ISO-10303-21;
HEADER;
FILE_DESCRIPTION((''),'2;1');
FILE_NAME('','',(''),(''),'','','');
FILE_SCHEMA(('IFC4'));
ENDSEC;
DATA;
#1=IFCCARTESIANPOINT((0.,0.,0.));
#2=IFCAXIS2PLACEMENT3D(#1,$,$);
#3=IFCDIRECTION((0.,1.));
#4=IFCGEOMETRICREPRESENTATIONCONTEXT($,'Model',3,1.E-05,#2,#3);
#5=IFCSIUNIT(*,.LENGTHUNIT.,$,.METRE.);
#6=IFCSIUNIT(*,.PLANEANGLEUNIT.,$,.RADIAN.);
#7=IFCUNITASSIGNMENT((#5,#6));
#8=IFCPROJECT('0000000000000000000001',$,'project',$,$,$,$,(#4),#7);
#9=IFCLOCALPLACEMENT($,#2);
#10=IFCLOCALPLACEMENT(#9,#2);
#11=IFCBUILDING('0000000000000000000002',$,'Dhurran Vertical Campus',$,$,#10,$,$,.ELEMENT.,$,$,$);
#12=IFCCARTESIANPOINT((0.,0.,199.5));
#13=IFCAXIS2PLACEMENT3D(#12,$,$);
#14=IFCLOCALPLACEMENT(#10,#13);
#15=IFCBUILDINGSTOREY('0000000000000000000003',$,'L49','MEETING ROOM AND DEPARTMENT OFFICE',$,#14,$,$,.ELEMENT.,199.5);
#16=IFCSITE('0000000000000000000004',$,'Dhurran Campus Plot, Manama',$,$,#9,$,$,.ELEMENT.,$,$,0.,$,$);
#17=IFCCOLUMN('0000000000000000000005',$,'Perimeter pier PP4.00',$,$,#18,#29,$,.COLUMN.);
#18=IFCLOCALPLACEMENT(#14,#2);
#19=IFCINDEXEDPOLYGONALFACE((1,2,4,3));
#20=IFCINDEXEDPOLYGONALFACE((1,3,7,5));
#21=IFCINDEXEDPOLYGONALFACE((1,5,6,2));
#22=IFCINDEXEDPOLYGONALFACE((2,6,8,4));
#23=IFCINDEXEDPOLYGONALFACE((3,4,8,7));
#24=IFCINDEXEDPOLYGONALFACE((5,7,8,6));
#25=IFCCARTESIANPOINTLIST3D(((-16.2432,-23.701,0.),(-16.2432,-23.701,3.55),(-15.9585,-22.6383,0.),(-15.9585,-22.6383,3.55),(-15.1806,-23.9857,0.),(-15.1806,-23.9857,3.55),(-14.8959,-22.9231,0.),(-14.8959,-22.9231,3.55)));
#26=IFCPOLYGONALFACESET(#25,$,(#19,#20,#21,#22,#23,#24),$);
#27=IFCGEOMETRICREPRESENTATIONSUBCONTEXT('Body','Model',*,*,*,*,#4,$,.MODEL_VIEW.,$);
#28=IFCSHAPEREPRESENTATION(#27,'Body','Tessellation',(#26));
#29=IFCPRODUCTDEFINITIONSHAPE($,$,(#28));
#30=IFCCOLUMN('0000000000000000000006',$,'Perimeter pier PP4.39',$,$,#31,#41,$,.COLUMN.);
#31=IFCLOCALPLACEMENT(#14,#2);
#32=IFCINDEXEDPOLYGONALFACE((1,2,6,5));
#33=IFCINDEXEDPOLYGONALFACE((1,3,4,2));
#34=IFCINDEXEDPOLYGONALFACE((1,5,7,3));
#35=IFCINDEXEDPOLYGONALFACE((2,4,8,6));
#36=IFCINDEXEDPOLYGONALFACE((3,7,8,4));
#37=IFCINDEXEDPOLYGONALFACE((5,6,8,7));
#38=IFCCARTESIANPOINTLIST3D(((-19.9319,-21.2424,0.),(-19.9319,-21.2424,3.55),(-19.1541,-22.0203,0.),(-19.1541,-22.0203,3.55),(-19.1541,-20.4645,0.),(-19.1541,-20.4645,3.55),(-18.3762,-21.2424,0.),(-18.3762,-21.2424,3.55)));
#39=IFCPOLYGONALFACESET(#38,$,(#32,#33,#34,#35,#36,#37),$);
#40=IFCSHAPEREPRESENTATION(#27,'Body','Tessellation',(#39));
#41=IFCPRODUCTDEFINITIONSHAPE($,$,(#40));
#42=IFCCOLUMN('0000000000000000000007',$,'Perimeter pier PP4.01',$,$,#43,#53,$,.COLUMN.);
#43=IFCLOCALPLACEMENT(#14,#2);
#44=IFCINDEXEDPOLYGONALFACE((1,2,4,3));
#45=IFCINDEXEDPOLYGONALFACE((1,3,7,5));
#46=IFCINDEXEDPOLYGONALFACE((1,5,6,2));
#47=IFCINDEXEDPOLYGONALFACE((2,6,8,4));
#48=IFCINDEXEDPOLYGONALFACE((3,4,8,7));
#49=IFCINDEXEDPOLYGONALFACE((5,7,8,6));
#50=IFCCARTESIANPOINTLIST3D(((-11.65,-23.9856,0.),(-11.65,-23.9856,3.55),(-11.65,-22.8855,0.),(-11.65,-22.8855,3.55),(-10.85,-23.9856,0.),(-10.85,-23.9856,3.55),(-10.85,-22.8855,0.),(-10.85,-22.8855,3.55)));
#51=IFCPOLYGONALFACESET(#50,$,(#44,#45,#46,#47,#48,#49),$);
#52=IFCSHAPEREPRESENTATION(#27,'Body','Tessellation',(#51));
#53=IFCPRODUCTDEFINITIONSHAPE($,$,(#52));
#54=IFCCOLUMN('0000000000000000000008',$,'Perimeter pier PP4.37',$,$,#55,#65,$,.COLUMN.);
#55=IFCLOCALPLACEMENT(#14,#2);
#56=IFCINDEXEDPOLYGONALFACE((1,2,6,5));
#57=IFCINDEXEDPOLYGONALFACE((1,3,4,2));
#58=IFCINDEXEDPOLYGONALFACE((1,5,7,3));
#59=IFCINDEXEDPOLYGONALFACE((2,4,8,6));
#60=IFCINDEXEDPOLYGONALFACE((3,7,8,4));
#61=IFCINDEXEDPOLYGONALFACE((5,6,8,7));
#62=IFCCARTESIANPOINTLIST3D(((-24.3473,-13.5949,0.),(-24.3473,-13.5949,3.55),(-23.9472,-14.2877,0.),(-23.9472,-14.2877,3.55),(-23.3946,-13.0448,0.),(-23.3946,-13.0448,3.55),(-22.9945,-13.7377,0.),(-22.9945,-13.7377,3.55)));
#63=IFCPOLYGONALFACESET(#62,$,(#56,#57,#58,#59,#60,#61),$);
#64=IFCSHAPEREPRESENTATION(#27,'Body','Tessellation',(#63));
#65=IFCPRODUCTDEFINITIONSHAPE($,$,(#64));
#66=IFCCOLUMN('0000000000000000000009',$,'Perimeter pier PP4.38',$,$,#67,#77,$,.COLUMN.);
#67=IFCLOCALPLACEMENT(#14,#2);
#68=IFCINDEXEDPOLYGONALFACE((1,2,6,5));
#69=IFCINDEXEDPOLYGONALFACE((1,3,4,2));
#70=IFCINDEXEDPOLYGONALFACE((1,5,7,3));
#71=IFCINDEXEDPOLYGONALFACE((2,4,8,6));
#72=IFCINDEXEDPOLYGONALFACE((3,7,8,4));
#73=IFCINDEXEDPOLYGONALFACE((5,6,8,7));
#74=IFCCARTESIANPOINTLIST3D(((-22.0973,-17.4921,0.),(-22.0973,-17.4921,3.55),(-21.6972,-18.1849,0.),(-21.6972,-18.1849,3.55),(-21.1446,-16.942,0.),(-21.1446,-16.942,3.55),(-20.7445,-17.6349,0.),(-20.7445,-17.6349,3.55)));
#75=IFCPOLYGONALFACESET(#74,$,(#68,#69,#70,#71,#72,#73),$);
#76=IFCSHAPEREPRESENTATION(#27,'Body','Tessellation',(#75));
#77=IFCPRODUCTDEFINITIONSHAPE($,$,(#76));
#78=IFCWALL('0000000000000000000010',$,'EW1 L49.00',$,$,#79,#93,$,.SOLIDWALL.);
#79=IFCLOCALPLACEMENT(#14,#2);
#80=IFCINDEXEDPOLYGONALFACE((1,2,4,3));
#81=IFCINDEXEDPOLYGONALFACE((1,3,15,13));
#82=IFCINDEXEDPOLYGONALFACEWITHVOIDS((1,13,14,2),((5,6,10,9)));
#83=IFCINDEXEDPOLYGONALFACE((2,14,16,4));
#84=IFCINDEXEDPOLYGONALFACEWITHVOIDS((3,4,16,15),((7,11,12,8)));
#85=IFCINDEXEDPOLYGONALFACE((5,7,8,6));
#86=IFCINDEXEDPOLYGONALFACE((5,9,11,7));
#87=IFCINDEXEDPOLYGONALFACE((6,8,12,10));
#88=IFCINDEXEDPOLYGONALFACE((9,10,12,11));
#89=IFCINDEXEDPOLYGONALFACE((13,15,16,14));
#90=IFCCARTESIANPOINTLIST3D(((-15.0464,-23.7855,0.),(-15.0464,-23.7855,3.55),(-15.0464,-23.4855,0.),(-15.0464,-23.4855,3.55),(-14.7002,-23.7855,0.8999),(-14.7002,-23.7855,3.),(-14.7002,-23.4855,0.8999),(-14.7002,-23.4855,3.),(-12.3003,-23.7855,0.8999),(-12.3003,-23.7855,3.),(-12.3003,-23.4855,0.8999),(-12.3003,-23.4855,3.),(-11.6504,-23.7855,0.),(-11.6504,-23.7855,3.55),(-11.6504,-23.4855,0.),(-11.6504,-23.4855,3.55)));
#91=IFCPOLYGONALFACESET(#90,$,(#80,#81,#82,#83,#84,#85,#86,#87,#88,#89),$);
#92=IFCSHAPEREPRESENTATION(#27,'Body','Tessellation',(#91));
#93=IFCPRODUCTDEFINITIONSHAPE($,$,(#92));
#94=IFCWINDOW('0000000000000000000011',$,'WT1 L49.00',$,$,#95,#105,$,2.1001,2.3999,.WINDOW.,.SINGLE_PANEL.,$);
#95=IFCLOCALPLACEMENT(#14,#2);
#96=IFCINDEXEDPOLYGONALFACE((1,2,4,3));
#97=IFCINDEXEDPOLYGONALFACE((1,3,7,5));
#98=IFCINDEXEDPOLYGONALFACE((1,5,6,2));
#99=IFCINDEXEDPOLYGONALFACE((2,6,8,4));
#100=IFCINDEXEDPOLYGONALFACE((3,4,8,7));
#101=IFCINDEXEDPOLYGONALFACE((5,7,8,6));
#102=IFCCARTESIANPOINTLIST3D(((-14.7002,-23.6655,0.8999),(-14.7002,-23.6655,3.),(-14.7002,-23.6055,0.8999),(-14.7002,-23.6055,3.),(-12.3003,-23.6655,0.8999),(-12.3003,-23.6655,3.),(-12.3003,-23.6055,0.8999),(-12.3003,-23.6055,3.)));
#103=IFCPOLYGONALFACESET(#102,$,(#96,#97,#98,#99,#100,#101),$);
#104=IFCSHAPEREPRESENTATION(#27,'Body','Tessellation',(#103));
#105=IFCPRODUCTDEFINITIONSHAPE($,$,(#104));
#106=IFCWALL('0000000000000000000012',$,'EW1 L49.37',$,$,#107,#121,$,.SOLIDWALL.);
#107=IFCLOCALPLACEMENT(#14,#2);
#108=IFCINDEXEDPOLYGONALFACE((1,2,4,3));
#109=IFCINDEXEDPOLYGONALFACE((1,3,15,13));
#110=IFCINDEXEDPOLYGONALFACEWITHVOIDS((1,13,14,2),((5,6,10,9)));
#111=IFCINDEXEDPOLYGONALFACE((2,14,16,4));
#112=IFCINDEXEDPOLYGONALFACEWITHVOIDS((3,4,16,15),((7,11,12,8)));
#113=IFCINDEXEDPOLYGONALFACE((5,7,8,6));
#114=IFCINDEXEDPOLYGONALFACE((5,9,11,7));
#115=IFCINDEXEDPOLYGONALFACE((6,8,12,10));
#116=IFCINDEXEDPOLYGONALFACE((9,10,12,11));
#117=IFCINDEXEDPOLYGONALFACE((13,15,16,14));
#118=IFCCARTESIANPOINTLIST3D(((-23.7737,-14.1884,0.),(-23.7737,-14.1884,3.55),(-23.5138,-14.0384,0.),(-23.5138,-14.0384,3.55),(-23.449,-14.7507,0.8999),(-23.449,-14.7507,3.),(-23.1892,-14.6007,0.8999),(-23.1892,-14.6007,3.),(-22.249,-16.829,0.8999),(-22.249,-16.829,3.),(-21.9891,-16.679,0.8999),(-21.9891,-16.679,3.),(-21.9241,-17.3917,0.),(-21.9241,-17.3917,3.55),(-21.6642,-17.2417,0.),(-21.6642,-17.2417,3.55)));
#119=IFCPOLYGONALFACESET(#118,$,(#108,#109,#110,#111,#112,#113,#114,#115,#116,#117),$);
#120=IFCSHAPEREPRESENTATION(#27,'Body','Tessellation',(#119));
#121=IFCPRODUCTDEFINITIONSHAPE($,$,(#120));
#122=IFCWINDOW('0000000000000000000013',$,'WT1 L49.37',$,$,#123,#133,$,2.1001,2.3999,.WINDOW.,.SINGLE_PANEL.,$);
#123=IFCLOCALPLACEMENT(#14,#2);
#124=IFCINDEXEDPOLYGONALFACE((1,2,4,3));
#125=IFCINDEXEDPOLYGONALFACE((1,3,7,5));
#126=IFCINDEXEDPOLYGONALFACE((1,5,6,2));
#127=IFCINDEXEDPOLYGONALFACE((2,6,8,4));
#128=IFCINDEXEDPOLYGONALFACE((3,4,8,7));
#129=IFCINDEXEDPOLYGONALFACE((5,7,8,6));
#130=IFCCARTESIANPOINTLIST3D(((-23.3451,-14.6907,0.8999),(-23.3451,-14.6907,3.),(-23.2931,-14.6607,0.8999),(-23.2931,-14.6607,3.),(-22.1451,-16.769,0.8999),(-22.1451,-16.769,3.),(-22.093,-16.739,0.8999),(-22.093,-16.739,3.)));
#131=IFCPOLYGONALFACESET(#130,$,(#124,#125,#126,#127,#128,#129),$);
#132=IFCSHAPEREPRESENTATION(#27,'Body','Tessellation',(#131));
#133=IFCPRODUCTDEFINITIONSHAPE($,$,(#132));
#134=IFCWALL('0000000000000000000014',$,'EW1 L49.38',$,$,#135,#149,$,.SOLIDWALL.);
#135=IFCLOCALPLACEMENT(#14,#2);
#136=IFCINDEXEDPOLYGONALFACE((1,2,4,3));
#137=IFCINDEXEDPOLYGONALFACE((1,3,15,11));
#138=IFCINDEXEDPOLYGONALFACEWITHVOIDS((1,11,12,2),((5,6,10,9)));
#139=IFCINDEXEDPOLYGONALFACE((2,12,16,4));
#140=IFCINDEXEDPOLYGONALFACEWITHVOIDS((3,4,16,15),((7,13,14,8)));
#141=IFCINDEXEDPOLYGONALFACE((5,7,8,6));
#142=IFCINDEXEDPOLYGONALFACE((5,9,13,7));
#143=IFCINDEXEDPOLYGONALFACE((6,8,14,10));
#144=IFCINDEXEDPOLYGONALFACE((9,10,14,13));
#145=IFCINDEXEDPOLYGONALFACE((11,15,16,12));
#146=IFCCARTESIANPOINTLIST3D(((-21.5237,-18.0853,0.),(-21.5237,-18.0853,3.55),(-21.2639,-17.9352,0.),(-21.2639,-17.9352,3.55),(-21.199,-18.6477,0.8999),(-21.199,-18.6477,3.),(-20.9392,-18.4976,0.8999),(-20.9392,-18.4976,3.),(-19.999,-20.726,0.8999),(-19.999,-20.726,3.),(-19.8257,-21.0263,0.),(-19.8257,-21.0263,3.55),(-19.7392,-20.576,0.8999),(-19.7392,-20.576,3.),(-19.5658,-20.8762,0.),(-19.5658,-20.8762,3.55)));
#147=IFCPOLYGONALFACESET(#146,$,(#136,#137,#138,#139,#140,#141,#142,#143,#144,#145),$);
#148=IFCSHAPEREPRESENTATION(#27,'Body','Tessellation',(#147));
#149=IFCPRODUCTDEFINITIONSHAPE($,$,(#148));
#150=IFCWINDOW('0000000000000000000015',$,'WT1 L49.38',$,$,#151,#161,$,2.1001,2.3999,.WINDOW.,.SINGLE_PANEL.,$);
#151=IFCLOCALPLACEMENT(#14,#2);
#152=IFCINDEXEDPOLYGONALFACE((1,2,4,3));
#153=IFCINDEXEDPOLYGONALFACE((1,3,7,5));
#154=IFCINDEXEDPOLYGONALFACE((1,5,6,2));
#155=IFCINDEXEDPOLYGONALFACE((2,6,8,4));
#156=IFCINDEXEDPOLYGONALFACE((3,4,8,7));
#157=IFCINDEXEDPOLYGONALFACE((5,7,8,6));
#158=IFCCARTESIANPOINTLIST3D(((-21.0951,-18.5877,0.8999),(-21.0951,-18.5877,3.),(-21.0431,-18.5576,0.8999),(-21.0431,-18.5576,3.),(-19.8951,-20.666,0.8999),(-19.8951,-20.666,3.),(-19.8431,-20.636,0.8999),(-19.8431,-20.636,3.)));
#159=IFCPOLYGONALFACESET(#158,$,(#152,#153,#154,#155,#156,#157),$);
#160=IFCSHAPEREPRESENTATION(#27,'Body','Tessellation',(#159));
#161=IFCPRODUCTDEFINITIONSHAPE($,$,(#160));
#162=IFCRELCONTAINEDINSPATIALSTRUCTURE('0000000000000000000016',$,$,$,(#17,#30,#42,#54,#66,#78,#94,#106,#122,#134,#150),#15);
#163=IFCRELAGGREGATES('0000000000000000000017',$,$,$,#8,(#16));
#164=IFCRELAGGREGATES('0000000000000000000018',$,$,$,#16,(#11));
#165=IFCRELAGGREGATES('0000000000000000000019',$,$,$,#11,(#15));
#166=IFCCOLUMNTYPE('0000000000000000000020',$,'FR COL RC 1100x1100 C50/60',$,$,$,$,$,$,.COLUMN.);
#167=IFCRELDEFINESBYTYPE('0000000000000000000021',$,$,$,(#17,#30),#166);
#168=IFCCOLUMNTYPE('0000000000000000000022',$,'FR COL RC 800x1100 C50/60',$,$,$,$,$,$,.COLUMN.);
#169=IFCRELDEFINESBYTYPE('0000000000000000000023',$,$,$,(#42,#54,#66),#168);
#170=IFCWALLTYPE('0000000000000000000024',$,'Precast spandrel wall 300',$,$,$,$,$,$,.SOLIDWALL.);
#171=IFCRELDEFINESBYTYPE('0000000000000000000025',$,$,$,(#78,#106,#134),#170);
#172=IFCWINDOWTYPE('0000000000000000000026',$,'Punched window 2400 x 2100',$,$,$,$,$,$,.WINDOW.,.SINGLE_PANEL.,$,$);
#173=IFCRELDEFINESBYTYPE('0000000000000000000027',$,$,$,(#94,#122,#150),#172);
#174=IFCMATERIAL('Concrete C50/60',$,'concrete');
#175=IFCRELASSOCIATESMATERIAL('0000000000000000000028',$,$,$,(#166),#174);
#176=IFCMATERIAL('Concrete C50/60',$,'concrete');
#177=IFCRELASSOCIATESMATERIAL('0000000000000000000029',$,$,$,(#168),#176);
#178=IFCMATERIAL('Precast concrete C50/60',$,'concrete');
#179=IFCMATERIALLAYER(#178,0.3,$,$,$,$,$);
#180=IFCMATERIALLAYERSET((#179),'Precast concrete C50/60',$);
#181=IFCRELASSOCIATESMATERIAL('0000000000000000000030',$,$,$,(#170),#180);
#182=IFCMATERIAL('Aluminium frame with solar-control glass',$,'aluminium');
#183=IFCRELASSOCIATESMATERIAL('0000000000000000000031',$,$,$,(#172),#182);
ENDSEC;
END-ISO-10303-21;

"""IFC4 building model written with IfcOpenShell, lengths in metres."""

from ifc_helpers import new_model, si_unit, direction, frame, frame_2d, origin, origin_2d, place, context, subcontext, project, spatial, rectangle, extrude, material, layer, layer_set, material_profile, profile_set, type_object, element, fill, save


model = new_model("IFC4")

# Units and contexts
model_context = context("Model", 3, precision=1e-05, world=origin(), true_north=direction((0.0, 1.0)))
body_context = subcontext(model_context, "Body", "Model", "MODEL_VIEW")
ifc_project = project(units=[si_unit("LENGTHUNIT", "METRE"), si_unit("PLANEANGLEUNIT", "RADIAN")], contexts=[model_context])

# Site, building, storey
site_placement = place(None, origin())
site = spatial("IfcSite", under=ifc_project, at=site_placement, Name="Dhurran Campus Plot, Manama", CompositionType="ELEMENT", RefElevation=0.0)
building_placement = place(site_placement, origin())
building = spatial("IfcBuilding", under=site, at=building_placement, Name="Dhurran Vertical Campus", CompositionType="ELEMENT")
storey_placement = place(building_placement, frame((0.0, 0.0, 199.5)))
storey = spatial("IfcBuildingStorey", under=building, at=storey_placement, Name="L49", Description="MEETING ROOM AND DEPARTMENT OFFICE", CompositionType="ELEMENT", Elevation=199.5)

# Columns
ifc_material_1 = material(Name="Concrete C50/60", Category="concrete")
ifc_material_profile_1 = material_profile(ifc_material_1, rectangle(XDim=1.1001, YDim=1.1001, at=origin_2d()), Name="RC 1100x1100")
ifc_profile_set_1 = profile_set([ifc_material_profile_1], Name="Concrete C50/60")
column_type_1 = type_object("IfcColumnType", Name="FR COL RC 1100x1100 C50/60", PredefinedType="COLUMN", material=ifc_profile_set_1)
for number, where, z_axis, x_axis, name in (
    (1, (-15.5696, -23.312, 0.0), (0.0, 0.0, 1.0), (0.965926, -0.258819, 0.0), "Perimeter pier PP4.00"),
    (2, (-19.1541, -21.2424, 0.0), (0.0, 0.0, 1.0), (0.707107, -0.707107, 0.0), "Perimeter pier PP4.39"),
):
    element("IfcColumn", number, at=place(storey_placement, frame(where, z_axis=z_axis, x_axis=x_axis)), inside=storey, type_object=column_type_1, Name=name, PredefinedType="COLUMN", context=body_context, shape_type="SweptSolid", body=[
        extrude(rectangle(XDim=1.1001, YDim=1.1001, at=origin_2d()), origin(), (0.0, 0.0, 1.0), 3.55),
    ])
ifc_material_2 = material(Name="Concrete C50/60", Category="concrete")
ifc_material_profile_2 = material_profile(ifc_material_2, rectangle(XDim=0.8, YDim=1.1001, at=origin_2d()), Name="RC 800x1100")
ifc_profile_set_2 = profile_set([ifc_material_profile_2], Name="Concrete C50/60")
column_type_2 = type_object("IfcColumnType", Name="FR COL RC 800x1100 C50/60", PredefinedType="COLUMN", material=ifc_profile_set_2)
for number, where, z_axis, x_axis, name in (
    (3, (-11.25, -23.4355, 0.0), (0.0, 0.0, 1.0), (1.0, 0.0, 0.0), "Perimeter pier PP4.01"),
    (4, (-23.6709, -13.6663, 0.0), (0.0, 0.0, 1.0), (0.5, -0.866025, 0.0), "Perimeter pier PP4.37"),
    (5, (-21.4209, -17.5635, 0.0), (0.0, 0.0, 1.0), (0.5, -0.866025, 0.0), "Perimeter pier PP4.38"),
):
    element("IfcColumn", number, at=place(storey_placement, frame(where, z_axis=z_axis, x_axis=x_axis)), inside=storey, type_object=column_type_2, Name=name, PredefinedType="COLUMN", context=body_context, shape_type="SweptSolid", body=[
        extrude(rectangle(XDim=0.8, YDim=1.1001, at=origin_2d()), origin(), (0.0, 0.0, 1.0), 3.55),
    ])

# Walls, openings, windows
ifc_material_3 = material(Name="Precast concrete C50/60", Category="concrete")
ifc_layer_1 = layer(ifc_material_3, 0.3)
ifc_layer_set_1 = layer_set([ifc_layer_1], Name="Precast concrete C50/60")
wall_type_1 = type_object("IfcWallType", Name="Precast spandrel wall 300", PredefinedType="SOLIDWALL", material=ifc_layer_set_1)
wall_1_placement = place(storey_placement, frame((-15.0464, -23.6355, 0.0), z_axis=(0.0, 0.0, 1.0), x_axis=(1.0, 0.0, 0.0)))
wall_1 = element("IfcWall", 6, at=wall_1_placement, inside=storey, type_object=wall_type_1, Name="EW1 L49.00", PredefinedType="SOLIDWALL", context=body_context, shape_type="SweptSolid", body=[
    extrude(rectangle(XDim=3.396, YDim=0.3, at=frame_2d((1.698, 0.0))), origin(), (0.0, 0.0, 1.0), 3.55),
])
opening_1_placement = place(wall_1_placement, frame((0.3462, 0.0, 0.8999)))
opening_1 = element("IfcOpeningElement", 7, at=opening_1_placement, cuts=wall_1, PredefinedType="OPENING", context=body_context, shape_type="SweptSolid", body=[
    extrude(rectangle(XDim=2.3999, YDim=2.1001, at=frame_2d((1.2, 1.05))), frame((0.0, 0.1599, 0.0), z_axis=(0.0, -1.0, 0.0), x_axis=(1.0, 0.0, 0.0)), (0.0, 0.0, 1.0), 0.3201),
])
ifc_material_4 = material(Name="Aluminium frame with solar-control glass", Category="aluminium")
window_type = type_object("IfcWindowType", Name="Punched window 2400 x 2100", PartitioningType="SINGLE_PANEL", PredefinedType="WINDOW", material=ifc_material_4)
window_1_placement = place(opening_1_placement, origin())
window_1 = element("IfcWindow", 8, at=window_1_placement, inside=storey, type_object=window_type, Name="WT1 L49.00", OverallHeight=2.1001, OverallWidth=2.3999, PartitioningType="SINGLE_PANEL", PredefinedType="WINDOW", context=body_context, shape_type="SweptSolid", body=[
    extrude(rectangle(XDim=2.3999, YDim=2.1001, at=frame_2d((1.2, 1.05))), frame((0.0, 0.03, 0.0), z_axis=(0.0, -1.0, 0.0), x_axis=(1.0, 0.0, 0.0)), (0.0, 0.0, 1.0), 0.0601),
])
fill(opening_1, window_1)
wall_2_placement = place(storey_placement, frame((-23.6438, -14.1133, 0.0), z_axis=(0.0, 0.0, 1.0), x_axis=(0.500029, -0.866009, 0.0)))
wall_2 = element("IfcWall", 9, at=wall_2_placement, inside=storey, type_object=wall_type_1, Name="EW1 L49.37", PredefinedType="SOLIDWALL", context=body_context, shape_type="SweptSolid", body=[
    extrude(rectangle(XDim=3.699, YDim=0.3, at=frame_2d((1.8496, 0.0))), origin(), (0.0, 0.0, 1.0), 3.55),
])
opening_2_placement = place(wall_2_placement, frame((0.6494, 0.0, 0.8999)))
opening_2 = element("IfcOpeningElement", 10, at=opening_2_placement, cuts=wall_2, PredefinedType="OPENING", context=body_context, shape_type="SweptSolid", body=[
    extrude(rectangle(XDim=2.3999, YDim=2.1001, at=frame_2d((1.2, 1.05))), frame((0.0, 0.1599, 0.0), z_axis=(0.0, -1.0, 0.0), x_axis=(1.0, 0.0, 0.0)), (0.0, 0.0, 1.0), 0.3201),
])
window_2_placement = place(opening_2_placement, origin())
window_2 = element("IfcWindow", 11, at=window_2_placement, inside=storey, type_object=window_type, Name="WT1 L49.37", OverallHeight=2.1001, OverallWidth=2.3999, PartitioningType="SINGLE_PANEL", PredefinedType="WINDOW", context=body_context, shape_type="SweptSolid", body=[
    extrude(rectangle(XDim=2.3999, YDim=2.1001, at=frame_2d((1.2, 1.05))), frame((0.0, 0.03, 0.0), z_axis=(0.0, -1.0, 0.0), x_axis=(1.0, 0.0, 0.0)), (0.0, 0.0, 1.0), 0.0601),
])
fill(opening_2, window_2)
wall_3_placement = place(storey_placement, frame((-21.3938, -18.0103, 0.0), z_axis=(0.0, 0.0, 1.0), x_axis=(0.500013, -0.866018, 0.0)))
wall_3 = element("IfcWall", 12, at=wall_3_placement, inside=storey, type_object=wall_type_1, Name="EW1 L49.38", PredefinedType="SOLIDWALL", context=body_context, shape_type="SweptSolid", body=[
    extrude(rectangle(XDim=3.396, YDim=0.3, at=frame_2d((1.698, 0.0))), origin(), (0.0, 0.0, 1.0), 3.55),
])
opening_3_placement = place(wall_3_placement, frame((0.6494, 0.0, 0.8999)))
opening_3 = element("IfcOpeningElement", 13, at=opening_3_placement, cuts=wall_3, PredefinedType="OPENING", context=body_context, shape_type="SweptSolid", body=[
    extrude(rectangle(XDim=2.3999, YDim=2.1001, at=frame_2d((1.2, 1.05))), frame((0.0, 0.1599, 0.0), z_axis=(0.0, -1.0, 0.0), x_axis=(1.0, 0.0, 0.0)), (0.0, 0.0, 1.0), 0.3201),
])
window_3_placement = place(opening_3_placement, origin())
window_3 = element("IfcWindow", 14, at=window_3_placement, inside=storey, type_object=window_type, Name="WT1 L49.38", OverallHeight=2.1001, OverallWidth=2.3999, PartitioningType="SINGLE_PANEL", PredefinedType="WINDOW", context=body_context, shape_type="SweptSolid", body=[
    extrude(rectangle(XDim=2.3999, YDim=2.1001, at=frame_2d((1.2, 1.05))), frame((0.0, 0.03, 0.0), z_axis=(0.0, -1.0, 0.0), x_axis=(1.0, 0.0, 0.0)), (0.0, 0.0, 1.0), 0.0601),
])
fill(opening_3, window_3)

save(model, "model.ifc")
